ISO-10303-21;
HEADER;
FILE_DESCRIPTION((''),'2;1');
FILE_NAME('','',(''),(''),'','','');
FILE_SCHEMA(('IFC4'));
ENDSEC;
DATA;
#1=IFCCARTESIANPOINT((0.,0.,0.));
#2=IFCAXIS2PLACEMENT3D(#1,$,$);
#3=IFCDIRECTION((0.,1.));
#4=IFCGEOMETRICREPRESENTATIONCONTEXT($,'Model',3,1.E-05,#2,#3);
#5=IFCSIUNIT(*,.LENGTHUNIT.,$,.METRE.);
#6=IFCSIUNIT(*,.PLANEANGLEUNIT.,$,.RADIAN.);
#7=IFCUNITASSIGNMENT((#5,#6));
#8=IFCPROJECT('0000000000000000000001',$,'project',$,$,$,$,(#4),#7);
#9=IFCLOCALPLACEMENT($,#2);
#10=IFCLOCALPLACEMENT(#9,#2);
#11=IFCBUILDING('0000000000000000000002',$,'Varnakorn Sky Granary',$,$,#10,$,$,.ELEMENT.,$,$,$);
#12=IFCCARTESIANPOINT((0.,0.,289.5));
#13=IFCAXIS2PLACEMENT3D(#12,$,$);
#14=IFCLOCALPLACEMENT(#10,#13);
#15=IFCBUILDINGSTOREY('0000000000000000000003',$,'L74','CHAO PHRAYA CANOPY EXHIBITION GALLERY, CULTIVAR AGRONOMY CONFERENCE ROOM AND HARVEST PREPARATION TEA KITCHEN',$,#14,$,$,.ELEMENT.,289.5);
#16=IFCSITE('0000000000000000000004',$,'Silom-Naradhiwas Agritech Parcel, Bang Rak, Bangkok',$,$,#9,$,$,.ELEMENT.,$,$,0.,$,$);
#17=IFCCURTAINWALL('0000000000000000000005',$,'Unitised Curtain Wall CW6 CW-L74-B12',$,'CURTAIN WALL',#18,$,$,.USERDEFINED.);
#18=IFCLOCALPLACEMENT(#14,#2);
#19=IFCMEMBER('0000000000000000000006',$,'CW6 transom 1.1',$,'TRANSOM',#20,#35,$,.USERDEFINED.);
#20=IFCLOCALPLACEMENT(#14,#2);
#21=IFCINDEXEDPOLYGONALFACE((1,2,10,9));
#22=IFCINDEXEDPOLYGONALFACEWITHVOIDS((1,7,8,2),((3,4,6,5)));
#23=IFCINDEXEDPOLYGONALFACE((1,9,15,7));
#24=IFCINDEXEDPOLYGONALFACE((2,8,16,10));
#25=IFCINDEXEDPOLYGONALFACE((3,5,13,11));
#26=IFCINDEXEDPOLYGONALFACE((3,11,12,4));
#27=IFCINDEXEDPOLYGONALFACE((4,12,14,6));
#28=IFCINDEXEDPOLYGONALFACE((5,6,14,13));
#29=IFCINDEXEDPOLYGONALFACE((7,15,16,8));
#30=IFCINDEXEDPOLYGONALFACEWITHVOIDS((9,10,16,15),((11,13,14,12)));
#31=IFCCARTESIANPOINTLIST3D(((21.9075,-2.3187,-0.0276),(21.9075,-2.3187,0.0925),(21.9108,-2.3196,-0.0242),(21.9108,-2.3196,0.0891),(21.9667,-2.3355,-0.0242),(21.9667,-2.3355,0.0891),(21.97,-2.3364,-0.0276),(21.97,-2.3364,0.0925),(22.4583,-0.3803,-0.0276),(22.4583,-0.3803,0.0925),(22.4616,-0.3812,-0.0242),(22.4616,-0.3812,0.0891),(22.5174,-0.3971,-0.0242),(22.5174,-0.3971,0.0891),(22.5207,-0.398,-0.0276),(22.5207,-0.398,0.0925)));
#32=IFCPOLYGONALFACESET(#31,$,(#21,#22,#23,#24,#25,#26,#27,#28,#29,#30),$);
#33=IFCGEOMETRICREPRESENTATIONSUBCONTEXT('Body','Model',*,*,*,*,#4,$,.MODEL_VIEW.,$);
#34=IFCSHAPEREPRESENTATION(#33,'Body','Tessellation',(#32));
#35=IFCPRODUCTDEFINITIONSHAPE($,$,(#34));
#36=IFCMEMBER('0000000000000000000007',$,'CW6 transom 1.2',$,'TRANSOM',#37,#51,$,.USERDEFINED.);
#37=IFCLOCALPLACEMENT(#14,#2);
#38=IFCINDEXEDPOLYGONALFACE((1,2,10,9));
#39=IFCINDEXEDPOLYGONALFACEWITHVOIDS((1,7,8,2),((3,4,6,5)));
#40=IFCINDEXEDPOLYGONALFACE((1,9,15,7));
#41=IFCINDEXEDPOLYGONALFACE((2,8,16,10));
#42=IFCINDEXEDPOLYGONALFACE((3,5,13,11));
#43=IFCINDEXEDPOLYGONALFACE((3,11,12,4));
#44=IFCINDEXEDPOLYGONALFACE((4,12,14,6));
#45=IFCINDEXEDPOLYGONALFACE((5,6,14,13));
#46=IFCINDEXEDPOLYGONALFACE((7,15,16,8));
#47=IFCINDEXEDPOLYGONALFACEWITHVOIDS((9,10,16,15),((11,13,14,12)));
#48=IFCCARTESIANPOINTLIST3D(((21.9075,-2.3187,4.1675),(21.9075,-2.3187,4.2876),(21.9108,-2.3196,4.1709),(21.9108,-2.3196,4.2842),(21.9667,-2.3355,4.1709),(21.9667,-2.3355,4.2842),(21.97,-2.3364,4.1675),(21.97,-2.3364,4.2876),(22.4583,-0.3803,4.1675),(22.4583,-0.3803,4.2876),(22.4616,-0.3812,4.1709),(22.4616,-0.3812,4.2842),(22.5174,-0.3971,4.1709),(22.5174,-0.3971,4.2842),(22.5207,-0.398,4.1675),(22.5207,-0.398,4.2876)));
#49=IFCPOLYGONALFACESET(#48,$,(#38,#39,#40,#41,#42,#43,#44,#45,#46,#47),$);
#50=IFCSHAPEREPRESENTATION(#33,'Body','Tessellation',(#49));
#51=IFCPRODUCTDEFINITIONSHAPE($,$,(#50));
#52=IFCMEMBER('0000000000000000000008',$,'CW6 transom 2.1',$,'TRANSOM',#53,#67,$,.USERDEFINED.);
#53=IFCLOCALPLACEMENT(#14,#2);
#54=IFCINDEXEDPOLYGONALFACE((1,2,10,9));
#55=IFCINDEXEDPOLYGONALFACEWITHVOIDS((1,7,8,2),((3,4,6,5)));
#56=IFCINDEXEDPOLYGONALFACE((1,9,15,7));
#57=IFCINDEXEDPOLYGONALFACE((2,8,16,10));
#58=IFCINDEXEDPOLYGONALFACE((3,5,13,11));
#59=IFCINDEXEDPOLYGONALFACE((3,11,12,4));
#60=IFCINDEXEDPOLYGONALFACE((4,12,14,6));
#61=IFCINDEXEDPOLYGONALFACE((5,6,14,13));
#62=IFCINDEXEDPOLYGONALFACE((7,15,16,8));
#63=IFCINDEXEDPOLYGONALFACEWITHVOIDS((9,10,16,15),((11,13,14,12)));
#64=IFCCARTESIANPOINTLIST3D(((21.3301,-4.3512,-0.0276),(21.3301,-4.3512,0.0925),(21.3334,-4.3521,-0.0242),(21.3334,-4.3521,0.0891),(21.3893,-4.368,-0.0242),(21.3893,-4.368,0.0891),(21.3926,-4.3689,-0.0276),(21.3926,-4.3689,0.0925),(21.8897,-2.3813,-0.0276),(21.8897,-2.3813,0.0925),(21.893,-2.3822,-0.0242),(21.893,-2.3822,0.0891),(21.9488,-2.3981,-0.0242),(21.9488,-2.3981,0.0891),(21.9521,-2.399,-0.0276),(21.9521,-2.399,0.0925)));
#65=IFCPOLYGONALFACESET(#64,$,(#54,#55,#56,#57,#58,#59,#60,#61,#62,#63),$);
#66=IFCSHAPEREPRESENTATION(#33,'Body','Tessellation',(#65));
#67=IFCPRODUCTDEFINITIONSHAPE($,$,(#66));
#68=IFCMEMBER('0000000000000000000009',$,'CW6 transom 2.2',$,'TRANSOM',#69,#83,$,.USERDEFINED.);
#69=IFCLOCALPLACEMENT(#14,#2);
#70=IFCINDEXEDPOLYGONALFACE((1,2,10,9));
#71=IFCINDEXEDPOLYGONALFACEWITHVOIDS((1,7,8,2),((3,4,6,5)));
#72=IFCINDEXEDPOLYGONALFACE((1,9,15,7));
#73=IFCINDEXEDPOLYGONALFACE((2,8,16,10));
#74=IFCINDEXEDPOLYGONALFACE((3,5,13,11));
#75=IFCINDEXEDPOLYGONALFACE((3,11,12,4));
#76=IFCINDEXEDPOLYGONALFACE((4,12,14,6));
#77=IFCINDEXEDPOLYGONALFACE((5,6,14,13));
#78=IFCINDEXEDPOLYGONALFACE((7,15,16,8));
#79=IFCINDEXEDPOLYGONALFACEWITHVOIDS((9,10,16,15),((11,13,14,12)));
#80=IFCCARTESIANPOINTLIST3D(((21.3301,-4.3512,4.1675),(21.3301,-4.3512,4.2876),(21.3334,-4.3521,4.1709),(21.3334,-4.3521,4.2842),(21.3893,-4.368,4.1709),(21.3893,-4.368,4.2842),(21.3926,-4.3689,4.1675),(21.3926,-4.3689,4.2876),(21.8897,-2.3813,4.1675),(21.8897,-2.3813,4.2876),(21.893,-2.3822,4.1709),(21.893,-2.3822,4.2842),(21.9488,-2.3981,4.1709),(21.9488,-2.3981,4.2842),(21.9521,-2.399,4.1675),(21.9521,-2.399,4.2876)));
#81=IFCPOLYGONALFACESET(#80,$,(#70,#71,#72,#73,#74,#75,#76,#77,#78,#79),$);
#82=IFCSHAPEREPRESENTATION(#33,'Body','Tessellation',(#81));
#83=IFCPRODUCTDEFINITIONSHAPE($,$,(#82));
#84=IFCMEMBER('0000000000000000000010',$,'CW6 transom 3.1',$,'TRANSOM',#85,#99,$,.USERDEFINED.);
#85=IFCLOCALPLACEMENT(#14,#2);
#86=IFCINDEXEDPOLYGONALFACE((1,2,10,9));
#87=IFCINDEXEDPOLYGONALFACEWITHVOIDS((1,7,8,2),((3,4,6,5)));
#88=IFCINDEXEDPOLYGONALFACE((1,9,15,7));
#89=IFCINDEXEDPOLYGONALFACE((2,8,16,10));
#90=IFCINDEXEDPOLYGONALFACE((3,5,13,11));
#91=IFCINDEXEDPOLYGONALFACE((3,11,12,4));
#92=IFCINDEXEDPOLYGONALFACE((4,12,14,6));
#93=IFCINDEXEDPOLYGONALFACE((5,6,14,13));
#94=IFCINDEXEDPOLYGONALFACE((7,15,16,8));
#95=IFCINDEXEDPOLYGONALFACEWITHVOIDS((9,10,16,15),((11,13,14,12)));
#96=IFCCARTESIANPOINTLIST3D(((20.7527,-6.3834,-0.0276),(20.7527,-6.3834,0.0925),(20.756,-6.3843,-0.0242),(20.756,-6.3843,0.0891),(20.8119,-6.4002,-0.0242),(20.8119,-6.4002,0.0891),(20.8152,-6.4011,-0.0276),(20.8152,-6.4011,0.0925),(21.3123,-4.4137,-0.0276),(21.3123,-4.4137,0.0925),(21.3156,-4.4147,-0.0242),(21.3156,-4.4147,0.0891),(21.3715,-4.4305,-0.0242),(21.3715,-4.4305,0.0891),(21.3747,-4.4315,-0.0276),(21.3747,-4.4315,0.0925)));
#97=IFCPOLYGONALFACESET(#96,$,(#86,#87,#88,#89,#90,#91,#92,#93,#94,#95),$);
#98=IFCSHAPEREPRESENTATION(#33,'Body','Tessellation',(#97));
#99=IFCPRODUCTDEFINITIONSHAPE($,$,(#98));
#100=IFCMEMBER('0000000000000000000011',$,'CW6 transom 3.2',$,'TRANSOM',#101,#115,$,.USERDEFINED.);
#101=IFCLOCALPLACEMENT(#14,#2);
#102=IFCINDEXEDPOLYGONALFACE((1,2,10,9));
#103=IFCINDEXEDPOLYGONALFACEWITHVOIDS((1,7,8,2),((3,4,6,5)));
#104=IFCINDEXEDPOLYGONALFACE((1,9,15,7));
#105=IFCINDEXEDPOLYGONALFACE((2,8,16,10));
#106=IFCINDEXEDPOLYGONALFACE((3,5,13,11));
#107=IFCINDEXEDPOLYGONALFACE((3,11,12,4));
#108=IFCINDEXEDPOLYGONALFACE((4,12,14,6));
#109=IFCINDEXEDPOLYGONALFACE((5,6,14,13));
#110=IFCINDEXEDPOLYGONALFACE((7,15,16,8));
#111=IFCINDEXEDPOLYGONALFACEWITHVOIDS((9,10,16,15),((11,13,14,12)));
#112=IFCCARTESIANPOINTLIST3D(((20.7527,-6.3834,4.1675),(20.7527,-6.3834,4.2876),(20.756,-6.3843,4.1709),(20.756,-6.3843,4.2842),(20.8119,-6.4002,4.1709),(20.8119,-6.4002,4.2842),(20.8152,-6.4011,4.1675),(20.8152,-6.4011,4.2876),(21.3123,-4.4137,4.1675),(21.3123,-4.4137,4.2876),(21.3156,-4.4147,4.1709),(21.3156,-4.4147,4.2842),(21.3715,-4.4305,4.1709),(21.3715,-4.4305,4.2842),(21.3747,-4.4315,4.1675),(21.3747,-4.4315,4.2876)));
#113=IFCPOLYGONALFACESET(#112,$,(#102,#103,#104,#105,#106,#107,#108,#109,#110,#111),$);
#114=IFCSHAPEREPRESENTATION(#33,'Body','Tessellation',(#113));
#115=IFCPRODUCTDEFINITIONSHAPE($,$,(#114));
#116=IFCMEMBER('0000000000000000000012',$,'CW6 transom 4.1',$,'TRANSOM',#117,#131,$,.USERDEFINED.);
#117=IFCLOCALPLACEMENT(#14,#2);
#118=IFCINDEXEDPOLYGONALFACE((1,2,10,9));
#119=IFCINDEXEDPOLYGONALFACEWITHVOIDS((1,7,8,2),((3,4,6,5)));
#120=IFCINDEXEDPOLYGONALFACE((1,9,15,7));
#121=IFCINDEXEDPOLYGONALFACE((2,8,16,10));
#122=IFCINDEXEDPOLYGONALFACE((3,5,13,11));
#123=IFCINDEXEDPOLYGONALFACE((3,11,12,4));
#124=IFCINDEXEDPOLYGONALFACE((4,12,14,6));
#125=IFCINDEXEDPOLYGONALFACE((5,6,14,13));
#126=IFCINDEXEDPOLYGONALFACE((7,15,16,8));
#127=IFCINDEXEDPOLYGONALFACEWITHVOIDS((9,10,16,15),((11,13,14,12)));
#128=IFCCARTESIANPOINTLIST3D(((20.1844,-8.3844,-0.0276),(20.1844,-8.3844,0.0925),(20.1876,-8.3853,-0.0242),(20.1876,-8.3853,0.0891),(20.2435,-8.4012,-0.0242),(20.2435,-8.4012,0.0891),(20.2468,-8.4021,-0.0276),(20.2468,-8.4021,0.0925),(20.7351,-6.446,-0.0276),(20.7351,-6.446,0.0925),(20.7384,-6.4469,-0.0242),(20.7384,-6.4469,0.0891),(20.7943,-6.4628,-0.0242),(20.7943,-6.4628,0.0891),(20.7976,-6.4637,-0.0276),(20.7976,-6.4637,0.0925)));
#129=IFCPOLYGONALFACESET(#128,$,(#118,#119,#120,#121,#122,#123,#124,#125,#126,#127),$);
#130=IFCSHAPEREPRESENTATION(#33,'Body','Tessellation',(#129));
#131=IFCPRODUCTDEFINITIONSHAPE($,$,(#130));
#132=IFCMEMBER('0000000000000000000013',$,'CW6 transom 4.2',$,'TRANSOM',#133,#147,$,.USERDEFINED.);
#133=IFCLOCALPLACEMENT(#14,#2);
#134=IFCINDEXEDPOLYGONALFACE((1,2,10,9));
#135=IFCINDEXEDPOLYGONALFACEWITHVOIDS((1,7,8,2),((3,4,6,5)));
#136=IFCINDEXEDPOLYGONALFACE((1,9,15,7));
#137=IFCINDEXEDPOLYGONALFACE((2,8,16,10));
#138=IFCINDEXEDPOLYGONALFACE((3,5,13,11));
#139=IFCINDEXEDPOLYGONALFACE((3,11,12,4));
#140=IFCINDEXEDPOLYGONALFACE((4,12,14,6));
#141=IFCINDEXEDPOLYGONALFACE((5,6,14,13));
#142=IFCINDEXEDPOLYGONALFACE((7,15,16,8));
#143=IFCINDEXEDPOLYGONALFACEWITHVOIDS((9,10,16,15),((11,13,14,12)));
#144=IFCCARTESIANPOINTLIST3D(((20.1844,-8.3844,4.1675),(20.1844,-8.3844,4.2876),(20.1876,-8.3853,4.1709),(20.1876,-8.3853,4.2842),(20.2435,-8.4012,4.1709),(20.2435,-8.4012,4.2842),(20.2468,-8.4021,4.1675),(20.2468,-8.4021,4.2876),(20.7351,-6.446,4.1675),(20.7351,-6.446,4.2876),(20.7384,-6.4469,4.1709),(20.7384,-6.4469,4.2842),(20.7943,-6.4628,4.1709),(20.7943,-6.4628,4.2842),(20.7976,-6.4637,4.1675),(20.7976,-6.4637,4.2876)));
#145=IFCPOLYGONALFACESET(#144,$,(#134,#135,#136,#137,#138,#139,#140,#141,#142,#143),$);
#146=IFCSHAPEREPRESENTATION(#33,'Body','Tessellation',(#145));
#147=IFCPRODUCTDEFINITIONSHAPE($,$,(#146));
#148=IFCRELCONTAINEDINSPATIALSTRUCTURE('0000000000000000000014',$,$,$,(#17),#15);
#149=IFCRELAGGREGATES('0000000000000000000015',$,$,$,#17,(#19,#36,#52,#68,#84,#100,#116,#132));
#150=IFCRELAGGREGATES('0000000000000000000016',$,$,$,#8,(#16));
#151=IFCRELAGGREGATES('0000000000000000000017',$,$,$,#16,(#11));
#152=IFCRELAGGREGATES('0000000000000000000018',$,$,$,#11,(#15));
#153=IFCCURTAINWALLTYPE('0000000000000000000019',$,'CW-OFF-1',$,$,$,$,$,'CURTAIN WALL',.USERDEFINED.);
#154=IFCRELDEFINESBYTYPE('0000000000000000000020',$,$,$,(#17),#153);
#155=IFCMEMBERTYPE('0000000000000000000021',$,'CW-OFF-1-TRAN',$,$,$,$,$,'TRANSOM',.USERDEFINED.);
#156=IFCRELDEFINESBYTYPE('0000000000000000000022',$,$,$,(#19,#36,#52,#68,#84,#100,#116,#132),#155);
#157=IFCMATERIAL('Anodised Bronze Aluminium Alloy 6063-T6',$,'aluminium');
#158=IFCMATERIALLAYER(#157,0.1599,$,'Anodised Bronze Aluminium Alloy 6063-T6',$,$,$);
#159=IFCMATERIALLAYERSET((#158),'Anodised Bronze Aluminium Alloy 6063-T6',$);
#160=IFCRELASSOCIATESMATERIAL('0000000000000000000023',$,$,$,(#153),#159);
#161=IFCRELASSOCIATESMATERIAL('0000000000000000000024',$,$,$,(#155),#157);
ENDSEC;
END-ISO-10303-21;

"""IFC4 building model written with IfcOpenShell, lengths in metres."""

from ifc_helpers import new_model, si_unit, direction, frame, origin, origin_2d, place, context, subcontext, project, spatial, hollow_rectangle, extrude, material, layer, layer_set, material_profile, profile_set, type_object, element, aggregate, save


model = new_model("IFC4")

# Units and contexts
model_context = context("Model", 3, precision=1e-05, world=origin(), true_north=direction((0.0, 1.0)))
body_context = subcontext(model_context, "Body", "Model", "MODEL_VIEW")
ifc_project = project(units=[si_unit("LENGTHUNIT", "METRE"), si_unit("PLANEANGLEUNIT", "RADIAN")], contexts=[model_context])

# Site, building, storey
site_placement = place(None, origin())
site = spatial("IfcSite", under=ifc_project, at=site_placement, Name="Silom-Naradhiwas Agritech Parcel, Bang Rak, Bangkok", CompositionType="ELEMENT", RefElevation=0.0)
building_placement = place(site_placement, origin())
building = spatial("IfcBuilding", under=site, at=building_placement, Name="Varnakorn Sky Granary", CompositionType="ELEMENT")
storey_placement = place(building_placement, frame((0.0, 0.0, 289.5)))
storey = spatial("IfcBuildingStorey", under=building, at=storey_placement, Name="L74", Description="CHAO PHRAYA CANOPY EXHIBITION GALLERY, CULTIVAR AGRONOMY CONFERENCE ROOM AND HARVEST PREPARATION TEA KITCHEN", CompositionType="ELEMENT", Elevation=289.5)

# Curtain wall, members
ifc_material_1 = material(Name="Anodised Bronze Aluminium Alloy 6063-T6", Category="aluminium")
ifc_layer_1 = layer(ifc_material_1, 0.1599, Name="Anodised Bronze Aluminium Alloy 6063-T6")
ifc_layer_set_1 = layer_set([ifc_layer_1], Name="Anodised Bronze Aluminium Alloy 6063-T6")
curtain_wall_type = type_object("IfcCurtainWallType", Name="CW-OFF-1", ElementType="CURTAIN WALL", PredefinedType="USERDEFINED", material=ifc_layer_set_1)
curtain_wall_placement = place(storey_placement, origin())
curtain_wall = element("IfcCurtainWall", 1, at=curtain_wall_placement, inside=storey, type_object=curtain_wall_type, Name="Unitised Curtain Wall CW6 CW-L74-B12", ObjectType="CURTAIN WALL", PredefinedType="USERDEFINED")
ifc_material_profile_1 = material_profile(ifc_material_1, hollow_rectangle(XDim=0.0649, YDim=0.1201, WallThickness=0.0034, at=origin_2d()), Name="ALU TRAN 65x120")
ifc_profile_set_1 = profile_set([ifc_material_profile_1], Name="Anodised Bronze Aluminium Alloy 6063-T6")
member_type_1 = type_object("IfcMemberType", Name="CW-OFF-1-TRAN", ElementType="TRANSOM", PredefinedType="USERDEFINED", material=ifc_profile_set_1)
member_1_placement = place(storey_placement, frame((22.4895, -0.3892, 0.0325), z_axis=(-0.273313, -0.961925, 0.0), x_axis=(0.961925, -0.273313, 0.0)))
member_1 = element("IfcMember", 2, at=member_1_placement, type_object=member_type_1, Name="CW6 transom 1.1", ObjectType="TRANSOM", PredefinedType="USERDEFINED", context=body_context, shape_type="SweptSolid", body=[
    extrude(hollow_rectangle(XDim=0.0649, YDim=0.1201, WallThickness=0.0034, at=origin_2d()), origin(), (0.0, 0.0, 1.0), 2.0151),
])
member_2_placement = place(storey_placement, frame((22.4895, -0.3892, 4.2275), z_axis=(-0.273313, -0.961925, 0.0), x_axis=(0.961925, -0.273313, 0.0)))
member_2 = element("IfcMember", 3, at=member_2_placement, type_object=member_type_1, Name="CW6 transom 1.2", ObjectType="TRANSOM", PredefinedType="USERDEFINED", context=body_context, shape_type="SweptSolid", body=[
    extrude(hollow_rectangle(XDim=0.0649, YDim=0.1201, WallThickness=0.0034, at=origin_2d()), origin(), (0.0, 0.0, 1.0), 2.0151),
])
member_3_placement = place(storey_placement, frame((21.9209, -2.3901, 0.0325), z_axis=(-0.273241, -0.961946, 0.0), x_axis=(0.961946, -0.273241, 0.0)))
member_3 = element("IfcMember", 4, at=member_3_placement, type_object=member_type_1, Name="CW6 transom 2.1", ObjectType="TRANSOM", PredefinedType="USERDEFINED", context=body_context, shape_type="SweptSolid", body=[
    extrude(hollow_rectangle(XDim=0.0649, YDim=0.1201, WallThickness=0.0034, at=origin_2d()), origin(), (0.0, 0.0, 1.0), 2.0479),
])
member_4_placement = place(storey_placement, frame((21.9209, -2.3901, 4.2275), z_axis=(-0.273241, -0.961946, 0.0), x_axis=(0.961946, -0.273241, 0.0)))
member_4 = element("IfcMember", 5, at=member_4_placement, type_object=member_type_1, Name="CW6 transom 2.2", ObjectType="TRANSOM", PredefinedType="USERDEFINED", context=body_context, shape_type="SweptSolid", body=[
    extrude(hollow_rectangle(XDim=0.0649, YDim=0.1201, WallThickness=0.0034, at=origin_2d()), origin(), (0.0, 0.0, 1.0), 2.0479),
])
member_5_placement = place(storey_placement, frame((21.3435, -4.4226, 0.0325), z_axis=(-0.273272, -0.961937, 0.0), x_axis=(0.961937, -0.273272, 0.0)))
member_5 = element("IfcMember", 6, at=member_5_placement, type_object=member_type_1, Name="CW6 transom 3.1", ObjectType="TRANSOM", PredefinedType="USERDEFINED", context=body_context, shape_type="SweptSolid", body=[
    extrude(hollow_rectangle(XDim=0.0649, YDim=0.1201, WallThickness=0.0034, at=origin_2d()), origin(), (0.0, 0.0, 1.0), 2.0476),
])
member_6_placement = place(storey_placement, frame((21.3435, -4.4226, 4.2275), z_axis=(-0.273272, -0.961937, 0.0), x_axis=(0.961937, -0.273272, 0.0)))
member_6 = element("IfcMember", 7, at=member_6_placement, type_object=member_type_1, Name="CW6 transom 3.2", ObjectType="TRANSOM", PredefinedType="USERDEFINED", context=body_context, shape_type="SweptSolid", body=[
    extrude(hollow_rectangle(XDim=0.0649, YDim=0.1201, WallThickness=0.0034, at=origin_2d()), origin(), (0.0, 0.0, 1.0), 2.0476),
])
member_7_placement = place(storey_placement, frame((20.7664, -6.4548, 0.0325), z_axis=(-0.273313, -0.961925, 0.0), x_axis=(0.961925, -0.273313, 0.0)))
member_7 = element("IfcMember", 8, at=member_7_placement, type_object=member_type_1, Name="CW6 transom 4.1", ObjectType="TRANSOM", PredefinedType="USERDEFINED", context=body_context, shape_type="SweptSolid", body=[
    extrude(hollow_rectangle(XDim=0.0649, YDim=0.1201, WallThickness=0.0034, at=origin_2d()), origin(), (0.0, 0.0, 1.0), 2.0151),
])
member_8_placement = place(storey_placement, frame((20.7664, -6.4548, 4.2275), z_axis=(-0.273313, -0.961925, 0.0), x_axis=(0.961925, -0.273313, 0.0)))
member_8 = element("IfcMember", 9, at=member_8_placement, type_object=member_type_1, Name="CW6 transom 4.2", ObjectType="TRANSOM", PredefinedType="USERDEFINED", context=body_context, shape_type="SweptSolid", body=[
    extrude(hollow_rectangle(XDim=0.0649, YDim=0.1201, WallThickness=0.0034, at=origin_2d()), origin(), (0.0, 0.0, 1.0), 2.0151),
])

aggregate(curtain_wall, [member_1, member_2, member_3, member_4, member_5, member_6, member_7, member_8])

save(model, "model.ifc")
